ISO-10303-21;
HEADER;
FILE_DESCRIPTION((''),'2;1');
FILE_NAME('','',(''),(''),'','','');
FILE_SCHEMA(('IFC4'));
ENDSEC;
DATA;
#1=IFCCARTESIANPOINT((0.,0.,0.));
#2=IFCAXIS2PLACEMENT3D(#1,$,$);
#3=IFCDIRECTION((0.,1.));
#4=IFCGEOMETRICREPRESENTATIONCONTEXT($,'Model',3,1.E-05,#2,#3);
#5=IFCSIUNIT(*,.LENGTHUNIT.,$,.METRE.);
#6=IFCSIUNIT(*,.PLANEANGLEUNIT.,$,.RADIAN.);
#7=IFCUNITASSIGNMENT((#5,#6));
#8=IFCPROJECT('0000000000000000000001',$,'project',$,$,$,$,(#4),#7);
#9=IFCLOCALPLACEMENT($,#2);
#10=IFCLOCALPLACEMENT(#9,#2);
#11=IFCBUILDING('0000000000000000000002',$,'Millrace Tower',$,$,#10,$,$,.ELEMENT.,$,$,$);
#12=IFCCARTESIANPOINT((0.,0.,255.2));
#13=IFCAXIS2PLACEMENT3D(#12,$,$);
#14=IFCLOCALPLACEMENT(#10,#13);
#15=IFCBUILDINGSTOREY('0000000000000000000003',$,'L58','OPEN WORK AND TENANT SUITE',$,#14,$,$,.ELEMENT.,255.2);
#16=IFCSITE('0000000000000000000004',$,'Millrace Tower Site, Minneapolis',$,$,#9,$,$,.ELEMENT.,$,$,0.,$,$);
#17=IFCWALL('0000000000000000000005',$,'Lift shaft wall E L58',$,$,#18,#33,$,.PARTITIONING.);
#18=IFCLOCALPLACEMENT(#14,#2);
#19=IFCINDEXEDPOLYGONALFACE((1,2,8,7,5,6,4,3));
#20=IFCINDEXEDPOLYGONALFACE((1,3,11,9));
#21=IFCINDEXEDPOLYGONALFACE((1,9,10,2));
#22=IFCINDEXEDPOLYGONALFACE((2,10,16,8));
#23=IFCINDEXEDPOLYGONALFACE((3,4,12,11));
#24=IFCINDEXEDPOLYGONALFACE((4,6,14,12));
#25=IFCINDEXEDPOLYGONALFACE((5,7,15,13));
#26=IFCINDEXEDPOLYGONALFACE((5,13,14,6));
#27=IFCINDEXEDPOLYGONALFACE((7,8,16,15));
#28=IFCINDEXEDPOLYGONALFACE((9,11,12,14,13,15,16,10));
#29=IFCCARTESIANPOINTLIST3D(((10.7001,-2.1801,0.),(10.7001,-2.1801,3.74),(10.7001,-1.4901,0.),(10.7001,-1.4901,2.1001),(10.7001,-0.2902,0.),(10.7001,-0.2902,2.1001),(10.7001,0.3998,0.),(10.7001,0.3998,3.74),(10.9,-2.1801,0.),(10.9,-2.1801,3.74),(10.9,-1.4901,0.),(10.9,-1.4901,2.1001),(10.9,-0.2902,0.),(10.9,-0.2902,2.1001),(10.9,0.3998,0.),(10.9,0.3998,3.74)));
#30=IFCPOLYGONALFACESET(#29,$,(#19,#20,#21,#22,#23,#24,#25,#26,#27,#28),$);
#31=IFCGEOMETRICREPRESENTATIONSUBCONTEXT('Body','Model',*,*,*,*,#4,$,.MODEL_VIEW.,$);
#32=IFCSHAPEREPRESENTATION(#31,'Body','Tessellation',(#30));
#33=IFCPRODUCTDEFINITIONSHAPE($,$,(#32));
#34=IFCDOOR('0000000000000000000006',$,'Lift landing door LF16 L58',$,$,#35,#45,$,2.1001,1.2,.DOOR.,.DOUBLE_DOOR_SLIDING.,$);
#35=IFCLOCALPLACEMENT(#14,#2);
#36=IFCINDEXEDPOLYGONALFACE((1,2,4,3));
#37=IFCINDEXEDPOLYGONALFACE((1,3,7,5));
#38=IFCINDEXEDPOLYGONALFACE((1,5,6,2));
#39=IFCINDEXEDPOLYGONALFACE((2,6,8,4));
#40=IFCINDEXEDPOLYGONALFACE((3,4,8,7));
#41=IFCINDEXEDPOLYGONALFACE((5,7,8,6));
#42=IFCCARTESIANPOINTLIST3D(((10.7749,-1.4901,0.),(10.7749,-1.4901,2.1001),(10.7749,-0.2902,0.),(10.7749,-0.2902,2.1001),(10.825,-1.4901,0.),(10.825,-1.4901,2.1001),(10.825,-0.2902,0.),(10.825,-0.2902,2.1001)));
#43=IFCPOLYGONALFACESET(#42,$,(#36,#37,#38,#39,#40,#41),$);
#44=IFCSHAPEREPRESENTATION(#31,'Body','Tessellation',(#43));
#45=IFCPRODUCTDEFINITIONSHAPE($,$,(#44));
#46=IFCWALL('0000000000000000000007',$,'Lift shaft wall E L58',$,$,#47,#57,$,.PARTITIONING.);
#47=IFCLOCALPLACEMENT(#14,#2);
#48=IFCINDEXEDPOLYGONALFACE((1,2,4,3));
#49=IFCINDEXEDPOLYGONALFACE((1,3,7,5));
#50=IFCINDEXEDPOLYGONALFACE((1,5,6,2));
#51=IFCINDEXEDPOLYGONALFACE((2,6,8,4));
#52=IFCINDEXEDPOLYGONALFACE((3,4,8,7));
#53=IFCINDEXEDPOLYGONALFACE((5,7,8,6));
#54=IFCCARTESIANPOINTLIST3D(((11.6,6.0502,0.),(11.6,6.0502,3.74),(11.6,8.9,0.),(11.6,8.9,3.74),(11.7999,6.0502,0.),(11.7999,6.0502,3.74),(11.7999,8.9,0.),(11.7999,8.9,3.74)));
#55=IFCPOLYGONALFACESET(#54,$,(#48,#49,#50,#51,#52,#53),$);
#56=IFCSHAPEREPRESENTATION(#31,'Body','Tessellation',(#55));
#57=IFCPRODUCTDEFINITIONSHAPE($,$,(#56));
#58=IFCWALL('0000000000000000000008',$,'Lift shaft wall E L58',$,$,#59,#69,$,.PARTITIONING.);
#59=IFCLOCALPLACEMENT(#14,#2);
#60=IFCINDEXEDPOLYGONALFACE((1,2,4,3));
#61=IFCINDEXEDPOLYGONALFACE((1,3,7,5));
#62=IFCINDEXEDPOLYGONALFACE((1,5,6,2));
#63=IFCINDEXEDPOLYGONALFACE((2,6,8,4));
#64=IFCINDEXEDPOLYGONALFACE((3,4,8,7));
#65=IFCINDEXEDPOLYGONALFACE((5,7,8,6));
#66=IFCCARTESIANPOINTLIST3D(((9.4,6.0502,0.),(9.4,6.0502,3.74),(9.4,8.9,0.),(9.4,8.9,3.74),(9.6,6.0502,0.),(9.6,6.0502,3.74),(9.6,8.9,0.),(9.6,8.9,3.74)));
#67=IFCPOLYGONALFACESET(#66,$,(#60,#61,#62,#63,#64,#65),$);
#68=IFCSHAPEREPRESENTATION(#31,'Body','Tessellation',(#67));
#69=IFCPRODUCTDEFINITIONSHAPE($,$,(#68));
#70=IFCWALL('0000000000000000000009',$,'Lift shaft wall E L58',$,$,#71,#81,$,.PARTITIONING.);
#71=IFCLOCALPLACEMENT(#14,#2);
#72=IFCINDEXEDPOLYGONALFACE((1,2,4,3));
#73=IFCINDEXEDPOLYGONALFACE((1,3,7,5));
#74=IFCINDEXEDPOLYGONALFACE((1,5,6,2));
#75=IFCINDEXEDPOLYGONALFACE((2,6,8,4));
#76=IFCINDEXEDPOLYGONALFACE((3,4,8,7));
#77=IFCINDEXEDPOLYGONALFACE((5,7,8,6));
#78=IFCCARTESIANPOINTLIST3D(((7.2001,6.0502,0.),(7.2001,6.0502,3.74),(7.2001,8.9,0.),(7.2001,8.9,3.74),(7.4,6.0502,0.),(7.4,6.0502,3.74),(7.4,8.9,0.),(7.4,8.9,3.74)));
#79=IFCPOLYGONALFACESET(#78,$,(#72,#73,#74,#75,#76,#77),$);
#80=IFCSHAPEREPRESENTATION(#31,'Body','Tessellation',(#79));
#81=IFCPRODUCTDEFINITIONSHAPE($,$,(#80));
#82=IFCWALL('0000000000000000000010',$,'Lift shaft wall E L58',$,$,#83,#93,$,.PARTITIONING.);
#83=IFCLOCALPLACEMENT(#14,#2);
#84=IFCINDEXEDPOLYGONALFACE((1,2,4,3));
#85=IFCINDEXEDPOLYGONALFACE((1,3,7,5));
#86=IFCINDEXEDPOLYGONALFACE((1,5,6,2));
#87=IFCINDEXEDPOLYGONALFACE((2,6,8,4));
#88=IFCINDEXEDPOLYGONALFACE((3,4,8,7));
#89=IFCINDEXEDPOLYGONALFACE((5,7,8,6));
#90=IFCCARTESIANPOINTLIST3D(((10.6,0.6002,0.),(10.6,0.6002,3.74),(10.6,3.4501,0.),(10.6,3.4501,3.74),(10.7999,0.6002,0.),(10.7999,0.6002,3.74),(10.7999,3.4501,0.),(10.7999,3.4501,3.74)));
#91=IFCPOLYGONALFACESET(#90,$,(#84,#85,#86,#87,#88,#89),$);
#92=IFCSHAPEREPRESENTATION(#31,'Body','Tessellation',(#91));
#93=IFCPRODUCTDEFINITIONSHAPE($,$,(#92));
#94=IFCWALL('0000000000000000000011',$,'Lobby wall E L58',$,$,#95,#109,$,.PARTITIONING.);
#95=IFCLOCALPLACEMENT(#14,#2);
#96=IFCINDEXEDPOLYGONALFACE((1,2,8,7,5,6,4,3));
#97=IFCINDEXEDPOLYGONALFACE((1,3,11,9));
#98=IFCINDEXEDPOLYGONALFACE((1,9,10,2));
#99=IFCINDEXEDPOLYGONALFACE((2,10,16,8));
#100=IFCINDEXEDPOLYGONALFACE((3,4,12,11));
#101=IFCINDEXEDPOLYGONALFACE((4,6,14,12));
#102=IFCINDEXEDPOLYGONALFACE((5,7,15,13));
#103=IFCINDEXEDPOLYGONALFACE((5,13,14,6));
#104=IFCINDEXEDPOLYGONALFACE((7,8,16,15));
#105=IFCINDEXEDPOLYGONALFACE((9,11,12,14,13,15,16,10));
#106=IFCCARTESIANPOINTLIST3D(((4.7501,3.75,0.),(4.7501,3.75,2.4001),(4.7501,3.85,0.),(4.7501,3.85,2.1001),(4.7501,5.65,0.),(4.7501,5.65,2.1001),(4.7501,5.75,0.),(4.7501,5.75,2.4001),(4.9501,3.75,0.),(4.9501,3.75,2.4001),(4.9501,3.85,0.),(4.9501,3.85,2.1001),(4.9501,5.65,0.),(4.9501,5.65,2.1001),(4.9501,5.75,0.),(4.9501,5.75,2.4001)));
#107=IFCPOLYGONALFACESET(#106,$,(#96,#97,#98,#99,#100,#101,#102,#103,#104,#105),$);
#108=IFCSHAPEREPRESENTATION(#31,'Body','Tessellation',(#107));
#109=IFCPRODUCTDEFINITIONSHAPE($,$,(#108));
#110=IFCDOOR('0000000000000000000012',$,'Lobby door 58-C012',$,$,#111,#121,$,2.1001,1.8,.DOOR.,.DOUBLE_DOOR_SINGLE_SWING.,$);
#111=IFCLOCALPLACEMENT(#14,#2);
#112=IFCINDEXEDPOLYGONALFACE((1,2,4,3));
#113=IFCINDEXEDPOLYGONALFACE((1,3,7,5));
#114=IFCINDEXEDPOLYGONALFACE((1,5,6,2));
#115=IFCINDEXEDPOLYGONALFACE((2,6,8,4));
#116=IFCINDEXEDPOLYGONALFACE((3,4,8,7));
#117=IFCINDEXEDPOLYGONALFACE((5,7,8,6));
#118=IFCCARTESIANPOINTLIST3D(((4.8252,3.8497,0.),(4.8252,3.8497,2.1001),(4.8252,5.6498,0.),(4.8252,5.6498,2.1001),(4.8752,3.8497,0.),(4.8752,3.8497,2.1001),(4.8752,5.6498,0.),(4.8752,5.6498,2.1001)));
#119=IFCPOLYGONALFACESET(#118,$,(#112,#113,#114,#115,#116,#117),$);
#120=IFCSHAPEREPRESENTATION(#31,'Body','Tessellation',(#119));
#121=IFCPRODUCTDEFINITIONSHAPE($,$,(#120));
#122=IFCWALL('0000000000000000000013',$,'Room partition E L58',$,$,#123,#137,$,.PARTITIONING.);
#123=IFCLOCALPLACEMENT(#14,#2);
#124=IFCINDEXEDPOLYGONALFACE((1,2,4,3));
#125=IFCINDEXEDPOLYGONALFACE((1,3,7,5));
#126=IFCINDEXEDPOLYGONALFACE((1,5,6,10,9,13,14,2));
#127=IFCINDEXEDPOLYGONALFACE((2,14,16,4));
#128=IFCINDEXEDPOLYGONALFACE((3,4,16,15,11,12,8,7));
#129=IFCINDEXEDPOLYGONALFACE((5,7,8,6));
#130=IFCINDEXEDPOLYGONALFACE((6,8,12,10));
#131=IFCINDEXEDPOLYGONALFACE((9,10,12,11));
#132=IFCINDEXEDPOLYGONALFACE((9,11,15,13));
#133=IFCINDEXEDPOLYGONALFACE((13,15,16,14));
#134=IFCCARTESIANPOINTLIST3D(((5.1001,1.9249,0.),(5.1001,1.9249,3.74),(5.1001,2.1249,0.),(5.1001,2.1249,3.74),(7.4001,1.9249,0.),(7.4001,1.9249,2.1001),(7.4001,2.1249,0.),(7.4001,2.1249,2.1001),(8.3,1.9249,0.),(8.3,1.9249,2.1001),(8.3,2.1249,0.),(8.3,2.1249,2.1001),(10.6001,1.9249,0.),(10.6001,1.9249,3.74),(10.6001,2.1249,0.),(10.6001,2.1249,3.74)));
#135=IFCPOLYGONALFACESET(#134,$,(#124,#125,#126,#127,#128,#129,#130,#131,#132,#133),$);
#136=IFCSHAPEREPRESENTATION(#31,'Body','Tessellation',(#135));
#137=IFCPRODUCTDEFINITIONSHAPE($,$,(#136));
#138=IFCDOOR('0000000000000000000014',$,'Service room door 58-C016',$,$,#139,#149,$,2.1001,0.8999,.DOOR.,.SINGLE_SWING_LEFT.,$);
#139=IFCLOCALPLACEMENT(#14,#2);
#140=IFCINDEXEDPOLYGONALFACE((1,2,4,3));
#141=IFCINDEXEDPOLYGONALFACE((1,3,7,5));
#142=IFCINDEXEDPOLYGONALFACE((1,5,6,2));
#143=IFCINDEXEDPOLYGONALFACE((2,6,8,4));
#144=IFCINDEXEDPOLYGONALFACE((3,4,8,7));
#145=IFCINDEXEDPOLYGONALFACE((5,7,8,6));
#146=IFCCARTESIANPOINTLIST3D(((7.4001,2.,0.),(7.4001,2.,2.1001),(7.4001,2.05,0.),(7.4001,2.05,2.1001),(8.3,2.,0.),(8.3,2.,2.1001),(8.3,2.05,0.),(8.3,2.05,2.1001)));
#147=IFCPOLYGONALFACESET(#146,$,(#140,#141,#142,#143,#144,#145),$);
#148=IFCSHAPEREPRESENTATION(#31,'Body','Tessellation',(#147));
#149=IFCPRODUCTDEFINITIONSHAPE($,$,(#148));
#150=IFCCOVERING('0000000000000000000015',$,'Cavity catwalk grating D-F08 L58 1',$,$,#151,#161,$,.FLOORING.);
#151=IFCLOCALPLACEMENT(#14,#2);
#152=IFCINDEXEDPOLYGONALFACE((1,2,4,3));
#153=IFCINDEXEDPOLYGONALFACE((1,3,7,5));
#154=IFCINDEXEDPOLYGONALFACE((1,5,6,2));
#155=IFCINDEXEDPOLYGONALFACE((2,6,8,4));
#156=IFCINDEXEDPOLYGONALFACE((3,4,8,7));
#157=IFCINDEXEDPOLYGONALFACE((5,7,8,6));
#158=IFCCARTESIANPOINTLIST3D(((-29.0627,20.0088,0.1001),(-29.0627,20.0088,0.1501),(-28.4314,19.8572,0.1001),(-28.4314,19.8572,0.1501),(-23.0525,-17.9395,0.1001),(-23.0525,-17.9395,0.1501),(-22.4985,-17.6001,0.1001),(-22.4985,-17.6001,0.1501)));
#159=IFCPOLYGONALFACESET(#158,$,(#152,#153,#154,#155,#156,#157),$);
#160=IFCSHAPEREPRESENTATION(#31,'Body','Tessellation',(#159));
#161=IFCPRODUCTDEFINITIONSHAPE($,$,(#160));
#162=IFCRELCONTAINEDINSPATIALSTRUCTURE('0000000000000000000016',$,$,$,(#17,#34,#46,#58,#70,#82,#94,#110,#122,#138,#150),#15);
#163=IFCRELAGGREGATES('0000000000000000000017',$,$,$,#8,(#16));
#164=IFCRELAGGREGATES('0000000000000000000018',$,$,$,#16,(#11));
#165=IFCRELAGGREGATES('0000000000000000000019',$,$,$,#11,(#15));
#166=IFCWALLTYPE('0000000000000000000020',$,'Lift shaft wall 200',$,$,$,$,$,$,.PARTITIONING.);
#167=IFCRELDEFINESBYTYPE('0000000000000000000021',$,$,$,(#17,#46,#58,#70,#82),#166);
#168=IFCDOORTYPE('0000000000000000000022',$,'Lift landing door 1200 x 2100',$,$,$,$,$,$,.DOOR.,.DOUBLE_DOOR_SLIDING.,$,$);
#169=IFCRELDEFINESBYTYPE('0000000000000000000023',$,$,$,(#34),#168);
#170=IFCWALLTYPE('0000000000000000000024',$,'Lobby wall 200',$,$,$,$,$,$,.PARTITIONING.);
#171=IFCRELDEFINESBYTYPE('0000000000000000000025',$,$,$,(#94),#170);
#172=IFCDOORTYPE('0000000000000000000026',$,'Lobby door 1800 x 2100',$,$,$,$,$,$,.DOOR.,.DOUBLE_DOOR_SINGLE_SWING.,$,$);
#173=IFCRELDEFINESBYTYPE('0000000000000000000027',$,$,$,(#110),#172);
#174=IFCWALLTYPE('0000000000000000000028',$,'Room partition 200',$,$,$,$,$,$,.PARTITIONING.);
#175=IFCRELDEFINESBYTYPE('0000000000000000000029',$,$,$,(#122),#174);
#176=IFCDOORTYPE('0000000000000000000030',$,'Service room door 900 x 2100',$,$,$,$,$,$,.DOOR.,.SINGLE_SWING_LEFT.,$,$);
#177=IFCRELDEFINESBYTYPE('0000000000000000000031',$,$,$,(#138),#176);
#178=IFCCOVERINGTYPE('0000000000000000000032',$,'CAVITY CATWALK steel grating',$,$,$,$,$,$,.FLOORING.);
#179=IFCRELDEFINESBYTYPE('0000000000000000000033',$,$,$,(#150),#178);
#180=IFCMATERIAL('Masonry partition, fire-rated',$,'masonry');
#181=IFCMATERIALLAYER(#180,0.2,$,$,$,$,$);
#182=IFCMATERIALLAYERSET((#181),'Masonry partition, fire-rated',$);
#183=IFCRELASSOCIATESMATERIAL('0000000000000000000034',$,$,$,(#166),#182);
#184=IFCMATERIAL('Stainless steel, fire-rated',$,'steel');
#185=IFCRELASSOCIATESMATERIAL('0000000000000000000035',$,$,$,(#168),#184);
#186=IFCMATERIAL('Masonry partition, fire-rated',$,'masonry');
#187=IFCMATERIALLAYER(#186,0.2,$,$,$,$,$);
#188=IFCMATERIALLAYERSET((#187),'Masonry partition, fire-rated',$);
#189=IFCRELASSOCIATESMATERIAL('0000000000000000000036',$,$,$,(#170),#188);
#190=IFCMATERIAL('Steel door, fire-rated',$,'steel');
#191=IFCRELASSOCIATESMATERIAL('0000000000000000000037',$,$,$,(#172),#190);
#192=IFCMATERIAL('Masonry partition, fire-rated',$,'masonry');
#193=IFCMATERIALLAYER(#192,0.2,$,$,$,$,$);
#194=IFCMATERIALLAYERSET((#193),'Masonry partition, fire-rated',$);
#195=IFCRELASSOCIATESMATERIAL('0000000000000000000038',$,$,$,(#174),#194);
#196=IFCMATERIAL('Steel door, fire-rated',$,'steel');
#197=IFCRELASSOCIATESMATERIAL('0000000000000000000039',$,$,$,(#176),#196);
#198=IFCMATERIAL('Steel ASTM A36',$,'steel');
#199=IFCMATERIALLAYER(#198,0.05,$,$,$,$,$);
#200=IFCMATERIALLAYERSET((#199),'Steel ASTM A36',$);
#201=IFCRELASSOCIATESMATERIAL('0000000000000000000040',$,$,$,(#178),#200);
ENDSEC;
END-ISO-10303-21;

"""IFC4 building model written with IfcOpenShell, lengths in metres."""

from ifc_helpers import new_model, si_unit, direction, frame, frame_2d, origin, place, context, subcontext, project, spatial, polyline, rectangle, outline, extrude, material, layer, layer_set, type_object, element, fill, save


model = new_model("IFC4")

# Units and contexts
model_context = context("Model", 3, precision=1e-05, world=origin(), true_north=direction((0.0, 1.0)))
body_context = subcontext(model_context, "Body", "Model", "MODEL_VIEW")
ifc_project = project(units=[si_unit("LENGTHUNIT", "METRE"), si_unit("PLANEANGLEUNIT", "RADIAN")], contexts=[model_context])

# Site, building, storey
site_placement = place(None, origin())
site = spatial("IfcSite", under=ifc_project, at=site_placement, Name="Millrace Tower Site, Minneapolis", CompositionType="ELEMENT", RefElevation=0.0)
building_placement = place(site_placement, origin())
building = spatial("IfcBuilding", under=site, at=building_placement, Name="Millrace Tower", CompositionType="ELEMENT")
storey_placement = place(building_placement, frame((0.0, 0.0, 255.2)))
storey = spatial("IfcBuildingStorey", under=building, at=storey_placement, Name="L58", Description="OPEN WORK AND TENANT SUITE", CompositionType="ELEMENT", Elevation=255.2)

# Wall, opening, door
ifc_material_1 = material(Name="Masonry partition, fire-rated", Category="masonry")
ifc_layer_1 = layer(ifc_material_1, 0.2)
ifc_layer_set_1 = layer_set([ifc_layer_1], Name="Masonry partition, fire-rated")
wall_type_1 = type_object("IfcWallType", Name="Lift shaft wall 200", PredefinedType="PARTITIONING", material=ifc_layer_set_1)
wall_1_placement = place(storey_placement, frame((10.8, 0.3999, 0.0), z_axis=(0.0, 0.0, 1.0), x_axis=(0.0, -1.0, 0.0)))
wall_1 = element("IfcWall", 1, at=wall_1_placement, inside=storey, type_object=wall_type_1, Name="Lift shaft wall E L58", PredefinedType="PARTITIONING", context=body_context, shape_type="SweptSolid", body=[
    extrude(rectangle(XDim=2.5798, YDim=0.2, at=frame_2d((1.29, 0.0))), origin(), (0.0, 0.0, 1.0), 3.74),
])
opening_1_placement = place(wall_1_placement, frame((0.6899, 0.0, 0.0)))
opening_1 = element("IfcOpeningElement", 2, at=opening_1_placement, cuts=wall_1, PredefinedType="OPENING", context=body_context, shape_type="SweptSolid", body=[
    extrude(rectangle(XDim=1.2, YDim=2.1001, at=frame_2d((0.6001, 1.05))), frame((0.0, 0.1099, 0.0), z_axis=(0.0, -1.0, 0.0), x_axis=(1.0, 0.0, 0.0)), (0.0, 0.0, 1.0), 0.22),
])
ifc_material_2 = material(Name="Stainless steel, fire-rated", Category="steel")
door_type_1 = type_object("IfcDoorType", Name="Lift landing door 1200 x 2100", OperationType="DOUBLE_DOOR_SLIDING", PredefinedType="DOOR", material=ifc_material_2)
door_1_placement = place(opening_1_placement, origin())
door_1 = element("IfcDoor", 3, at=door_1_placement, inside=storey, type_object=door_type_1, Name="Lift landing door LF16 L58", OperationType="DOUBLE_DOOR_SLIDING", OverallHeight=2.1001, OverallWidth=1.2, PredefinedType="DOOR", context=body_context, shape_type="SweptSolid", body=[
    extrude(rectangle(XDim=1.2, YDim=2.1001, at=frame_2d((0.6001, 1.05))), frame((0.0, 0.0249, 0.0), z_axis=(0.0, -1.0, 0.0), x_axis=(1.0, 0.0, 0.0)), (0.0, 0.0, 1.0), 0.05),
])
fill(opening_1, door_1)

# Walls
for number, where, z_axis, x_axis, name in (
    (4, (11.7, 8.8999, 0.0), (0.0, 0.0, 1.0), (0.0, -1.0, 0.0), "Lift shaft wall E L58"),
    (5, (9.5, 8.8999, 0.0), (0.0, 0.0, 1.0), (0.0, -1.0, 0.0), "Lift shaft wall E L58"),
    (6, (7.3, 8.8999, 0.0), (0.0, 0.0, 1.0), (0.0, -1.0, 0.0), "Lift shaft wall E L58"),
    (7, (10.7, 3.45, 0.0), (0.0, 0.0, 1.0), (0.0, -1.0, 0.0), "Lift shaft wall E L58"),
):
    element("IfcWall", number, at=place(storey_placement, frame(where, z_axis=z_axis, x_axis=x_axis)), inside=storey, type_object=wall_type_1, Name=name, PredefinedType="PARTITIONING", context=body_context, shape_type="SweptSolid", body=[
        extrude(rectangle(XDim=2.8499, YDim=0.2, at=frame_2d((1.4248, 0.0))), origin(), (0.0, 0.0, 1.0), 3.74),
    ])

# Walls, openings, doors
ifc_material_3 = material(Name="Masonry partition, fire-rated", Category="masonry")
ifc_layer_2 = layer(ifc_material_3, 0.2)
ifc_layer_set_2 = layer_set([ifc_layer_2], Name="Masonry partition, fire-rated")
wall_type_2 = type_object("IfcWallType", Name="Lobby wall 200", PredefinedType="PARTITIONING", material=ifc_layer_set_2)
wall_2_placement = place(storey_placement, frame((4.8501, 5.75, 0.0), z_axis=(0.0, 0.0, 1.0), x_axis=(0.0, -1.0, 0.0)))
wall_2 = element("IfcWall", 8, at=wall_2_placement, inside=storey, type_object=wall_type_2, Name="Lobby wall E L58", PredefinedType="PARTITIONING", context=body_context, shape_type="SweptSolid", body=[
    extrude(rectangle(XDim=2.0, YDim=0.2, at=frame_2d((1.0, 0.0))), origin(), (0.0, 0.0, 1.0), 2.4001),
])
opening_2_placement = place(wall_2_placement, frame((0.1001, 0.0, 0.0)))
opening_2 = element("IfcOpeningElement", 9, at=opening_2_placement, cuts=wall_2, PredefinedType="OPENING", context=body_context, shape_type="SweptSolid", body=[
    extrude(rectangle(XDim=1.8, YDim=2.1001, at=frame_2d((0.8999, 1.05))), frame((0.0, 0.1099, 0.0), z_axis=(0.0, -1.0, 0.0), x_axis=(1.0, 0.0, 0.0)), (0.0, 0.0, 1.0), 0.22),
])
ifc_material_4 = material(Name="Steel door, fire-rated", Category="steel")
door_type_2 = type_object("IfcDoorType", Name="Lobby door 1800 x 2100", OperationType="DOUBLE_DOOR_SINGLE_SWING", PredefinedType="DOOR", material=ifc_material_4)
door_2_placement = place(opening_2_placement, frame((1.8, 0.0, 0.0), z_axis=(0.0, 0.0, 1.0), x_axis=(-1.0, 0.0, 0.0)))
door_2 = element("IfcDoor", 10, at=door_2_placement, inside=storey, type_object=door_type_2, Name="Lobby door 58-C012", OperationType="DOUBLE_DOOR_SINGLE_SWING", OverallHeight=2.1001, OverallWidth=1.8, PredefinedType="DOOR", context=body_context, shape_type="SweptSolid", body=[
    extrude(rectangle(XDim=1.8, YDim=2.1001, at=frame_2d((0.8999, 1.05))), frame((0.0, 0.0249, 0.0), z_axis=(0.0, -1.0, 0.0), x_axis=(1.0, 0.0, 0.0)), (0.0, 0.0, 1.0), 0.05),
])
fill(opening_2, door_2)
ifc_material_5 = material(Name="Masonry partition, fire-rated", Category="masonry")
ifc_layer_3 = layer(ifc_material_5, 0.2)
ifc_layer_set_3 = layer_set([ifc_layer_3], Name="Masonry partition, fire-rated")
wall_type_3 = type_object("IfcWallType", Name="Room partition 200", PredefinedType="PARTITIONING", material=ifc_layer_set_3)
wall_3_placement = place(storey_placement, frame((10.6001, 2.0249, 0.0), z_axis=(0.0, 0.0, 1.0), x_axis=(-1.0, 0.0, 0.0)))
wall_3 = element("IfcWall", 11, at=wall_3_placement, inside=storey, type_object=wall_type_3, Name="Room partition E L58", PredefinedType="PARTITIONING", context=body_context, shape_type="SweptSolid", body=[
    extrude(rectangle(XDim=5.5, YDim=0.2, at=frame_2d((2.75, 0.0))), origin(), (0.0, 0.0, 1.0), 3.74),
])
opening_3_placement = place(wall_3_placement, frame((2.3, 0.0, 0.0)))
opening_3 = element("IfcOpeningElement", 12, at=opening_3_placement, cuts=wall_3, PredefinedType="OPENING", context=body_context, shape_type="SweptSolid", body=[
    extrude(rectangle(XDim=0.8999, YDim=2.1001, at=frame_2d((0.45, 1.05))), frame((0.0, 0.1099, 0.0), z_axis=(0.0, -1.0, 0.0), x_axis=(1.0, 0.0, 0.0)), (0.0, 0.0, 1.0), 0.22),
])
ifc_material_6 = material(Name="Steel door, fire-rated", Category="steel")
door_type_3 = type_object("IfcDoorType", Name="Service room door 900 x 2100", OperationType="SINGLE_SWING_LEFT", PredefinedType="DOOR", material=ifc_material_6)
door_3_placement = place(opening_3_placement, origin())
door_3 = element("IfcDoor", 13, at=door_3_placement, inside=storey, type_object=door_type_3, Name="Service room door 58-C016", OperationType="SINGLE_SWING_LEFT", OverallHeight=2.1001, OverallWidth=0.8999, PredefinedType="DOOR", context=body_context, shape_type="SweptSolid", body=[
    extrude(rectangle(XDim=0.8999, YDim=2.1001, at=frame_2d((0.45, 1.05))), frame((0.0, 0.0249, 0.0), z_axis=(0.0, -1.0, 0.0), x_axis=(1.0, 0.0, 0.0)), (0.0, 0.0, 1.0), 0.05),
])
fill(opening_3, door_3)

# Covering
ifc_material_7 = material(Name="Steel ASTM A36", Category="steel")
ifc_layer_4 = layer(ifc_material_7, 0.05)
ifc_layer_set_4 = layer_set([ifc_layer_4], Name="Steel ASTM A36")
covering_type = type_object("IfcCoveringType", Name="CAVITY CATWALK steel grating", PredefinedType="FLOORING", material=ifc_layer_set_4)
covering_placement = place(storey_placement, frame((0.0, 0.0, 0.1001)))
element("IfcCovering", 14, at=covering_placement, inside=storey, type_object=covering_type, Name="Cavity catwalk grating D-F08 L58 1", PredefinedType="FLOORING", context=body_context, shape_type="SweptSolid", body=[
    extrude(outline(polyline([(-29.0627, 20.0088), (-23.0525, -17.9395), (-22.4985, -17.6001), (-28.4314, 19.8572), (-29.0627, 20.0088)])), origin(), (0.0, 0.0, 1.0), 0.05),
])

save(model, "model.ifc")
